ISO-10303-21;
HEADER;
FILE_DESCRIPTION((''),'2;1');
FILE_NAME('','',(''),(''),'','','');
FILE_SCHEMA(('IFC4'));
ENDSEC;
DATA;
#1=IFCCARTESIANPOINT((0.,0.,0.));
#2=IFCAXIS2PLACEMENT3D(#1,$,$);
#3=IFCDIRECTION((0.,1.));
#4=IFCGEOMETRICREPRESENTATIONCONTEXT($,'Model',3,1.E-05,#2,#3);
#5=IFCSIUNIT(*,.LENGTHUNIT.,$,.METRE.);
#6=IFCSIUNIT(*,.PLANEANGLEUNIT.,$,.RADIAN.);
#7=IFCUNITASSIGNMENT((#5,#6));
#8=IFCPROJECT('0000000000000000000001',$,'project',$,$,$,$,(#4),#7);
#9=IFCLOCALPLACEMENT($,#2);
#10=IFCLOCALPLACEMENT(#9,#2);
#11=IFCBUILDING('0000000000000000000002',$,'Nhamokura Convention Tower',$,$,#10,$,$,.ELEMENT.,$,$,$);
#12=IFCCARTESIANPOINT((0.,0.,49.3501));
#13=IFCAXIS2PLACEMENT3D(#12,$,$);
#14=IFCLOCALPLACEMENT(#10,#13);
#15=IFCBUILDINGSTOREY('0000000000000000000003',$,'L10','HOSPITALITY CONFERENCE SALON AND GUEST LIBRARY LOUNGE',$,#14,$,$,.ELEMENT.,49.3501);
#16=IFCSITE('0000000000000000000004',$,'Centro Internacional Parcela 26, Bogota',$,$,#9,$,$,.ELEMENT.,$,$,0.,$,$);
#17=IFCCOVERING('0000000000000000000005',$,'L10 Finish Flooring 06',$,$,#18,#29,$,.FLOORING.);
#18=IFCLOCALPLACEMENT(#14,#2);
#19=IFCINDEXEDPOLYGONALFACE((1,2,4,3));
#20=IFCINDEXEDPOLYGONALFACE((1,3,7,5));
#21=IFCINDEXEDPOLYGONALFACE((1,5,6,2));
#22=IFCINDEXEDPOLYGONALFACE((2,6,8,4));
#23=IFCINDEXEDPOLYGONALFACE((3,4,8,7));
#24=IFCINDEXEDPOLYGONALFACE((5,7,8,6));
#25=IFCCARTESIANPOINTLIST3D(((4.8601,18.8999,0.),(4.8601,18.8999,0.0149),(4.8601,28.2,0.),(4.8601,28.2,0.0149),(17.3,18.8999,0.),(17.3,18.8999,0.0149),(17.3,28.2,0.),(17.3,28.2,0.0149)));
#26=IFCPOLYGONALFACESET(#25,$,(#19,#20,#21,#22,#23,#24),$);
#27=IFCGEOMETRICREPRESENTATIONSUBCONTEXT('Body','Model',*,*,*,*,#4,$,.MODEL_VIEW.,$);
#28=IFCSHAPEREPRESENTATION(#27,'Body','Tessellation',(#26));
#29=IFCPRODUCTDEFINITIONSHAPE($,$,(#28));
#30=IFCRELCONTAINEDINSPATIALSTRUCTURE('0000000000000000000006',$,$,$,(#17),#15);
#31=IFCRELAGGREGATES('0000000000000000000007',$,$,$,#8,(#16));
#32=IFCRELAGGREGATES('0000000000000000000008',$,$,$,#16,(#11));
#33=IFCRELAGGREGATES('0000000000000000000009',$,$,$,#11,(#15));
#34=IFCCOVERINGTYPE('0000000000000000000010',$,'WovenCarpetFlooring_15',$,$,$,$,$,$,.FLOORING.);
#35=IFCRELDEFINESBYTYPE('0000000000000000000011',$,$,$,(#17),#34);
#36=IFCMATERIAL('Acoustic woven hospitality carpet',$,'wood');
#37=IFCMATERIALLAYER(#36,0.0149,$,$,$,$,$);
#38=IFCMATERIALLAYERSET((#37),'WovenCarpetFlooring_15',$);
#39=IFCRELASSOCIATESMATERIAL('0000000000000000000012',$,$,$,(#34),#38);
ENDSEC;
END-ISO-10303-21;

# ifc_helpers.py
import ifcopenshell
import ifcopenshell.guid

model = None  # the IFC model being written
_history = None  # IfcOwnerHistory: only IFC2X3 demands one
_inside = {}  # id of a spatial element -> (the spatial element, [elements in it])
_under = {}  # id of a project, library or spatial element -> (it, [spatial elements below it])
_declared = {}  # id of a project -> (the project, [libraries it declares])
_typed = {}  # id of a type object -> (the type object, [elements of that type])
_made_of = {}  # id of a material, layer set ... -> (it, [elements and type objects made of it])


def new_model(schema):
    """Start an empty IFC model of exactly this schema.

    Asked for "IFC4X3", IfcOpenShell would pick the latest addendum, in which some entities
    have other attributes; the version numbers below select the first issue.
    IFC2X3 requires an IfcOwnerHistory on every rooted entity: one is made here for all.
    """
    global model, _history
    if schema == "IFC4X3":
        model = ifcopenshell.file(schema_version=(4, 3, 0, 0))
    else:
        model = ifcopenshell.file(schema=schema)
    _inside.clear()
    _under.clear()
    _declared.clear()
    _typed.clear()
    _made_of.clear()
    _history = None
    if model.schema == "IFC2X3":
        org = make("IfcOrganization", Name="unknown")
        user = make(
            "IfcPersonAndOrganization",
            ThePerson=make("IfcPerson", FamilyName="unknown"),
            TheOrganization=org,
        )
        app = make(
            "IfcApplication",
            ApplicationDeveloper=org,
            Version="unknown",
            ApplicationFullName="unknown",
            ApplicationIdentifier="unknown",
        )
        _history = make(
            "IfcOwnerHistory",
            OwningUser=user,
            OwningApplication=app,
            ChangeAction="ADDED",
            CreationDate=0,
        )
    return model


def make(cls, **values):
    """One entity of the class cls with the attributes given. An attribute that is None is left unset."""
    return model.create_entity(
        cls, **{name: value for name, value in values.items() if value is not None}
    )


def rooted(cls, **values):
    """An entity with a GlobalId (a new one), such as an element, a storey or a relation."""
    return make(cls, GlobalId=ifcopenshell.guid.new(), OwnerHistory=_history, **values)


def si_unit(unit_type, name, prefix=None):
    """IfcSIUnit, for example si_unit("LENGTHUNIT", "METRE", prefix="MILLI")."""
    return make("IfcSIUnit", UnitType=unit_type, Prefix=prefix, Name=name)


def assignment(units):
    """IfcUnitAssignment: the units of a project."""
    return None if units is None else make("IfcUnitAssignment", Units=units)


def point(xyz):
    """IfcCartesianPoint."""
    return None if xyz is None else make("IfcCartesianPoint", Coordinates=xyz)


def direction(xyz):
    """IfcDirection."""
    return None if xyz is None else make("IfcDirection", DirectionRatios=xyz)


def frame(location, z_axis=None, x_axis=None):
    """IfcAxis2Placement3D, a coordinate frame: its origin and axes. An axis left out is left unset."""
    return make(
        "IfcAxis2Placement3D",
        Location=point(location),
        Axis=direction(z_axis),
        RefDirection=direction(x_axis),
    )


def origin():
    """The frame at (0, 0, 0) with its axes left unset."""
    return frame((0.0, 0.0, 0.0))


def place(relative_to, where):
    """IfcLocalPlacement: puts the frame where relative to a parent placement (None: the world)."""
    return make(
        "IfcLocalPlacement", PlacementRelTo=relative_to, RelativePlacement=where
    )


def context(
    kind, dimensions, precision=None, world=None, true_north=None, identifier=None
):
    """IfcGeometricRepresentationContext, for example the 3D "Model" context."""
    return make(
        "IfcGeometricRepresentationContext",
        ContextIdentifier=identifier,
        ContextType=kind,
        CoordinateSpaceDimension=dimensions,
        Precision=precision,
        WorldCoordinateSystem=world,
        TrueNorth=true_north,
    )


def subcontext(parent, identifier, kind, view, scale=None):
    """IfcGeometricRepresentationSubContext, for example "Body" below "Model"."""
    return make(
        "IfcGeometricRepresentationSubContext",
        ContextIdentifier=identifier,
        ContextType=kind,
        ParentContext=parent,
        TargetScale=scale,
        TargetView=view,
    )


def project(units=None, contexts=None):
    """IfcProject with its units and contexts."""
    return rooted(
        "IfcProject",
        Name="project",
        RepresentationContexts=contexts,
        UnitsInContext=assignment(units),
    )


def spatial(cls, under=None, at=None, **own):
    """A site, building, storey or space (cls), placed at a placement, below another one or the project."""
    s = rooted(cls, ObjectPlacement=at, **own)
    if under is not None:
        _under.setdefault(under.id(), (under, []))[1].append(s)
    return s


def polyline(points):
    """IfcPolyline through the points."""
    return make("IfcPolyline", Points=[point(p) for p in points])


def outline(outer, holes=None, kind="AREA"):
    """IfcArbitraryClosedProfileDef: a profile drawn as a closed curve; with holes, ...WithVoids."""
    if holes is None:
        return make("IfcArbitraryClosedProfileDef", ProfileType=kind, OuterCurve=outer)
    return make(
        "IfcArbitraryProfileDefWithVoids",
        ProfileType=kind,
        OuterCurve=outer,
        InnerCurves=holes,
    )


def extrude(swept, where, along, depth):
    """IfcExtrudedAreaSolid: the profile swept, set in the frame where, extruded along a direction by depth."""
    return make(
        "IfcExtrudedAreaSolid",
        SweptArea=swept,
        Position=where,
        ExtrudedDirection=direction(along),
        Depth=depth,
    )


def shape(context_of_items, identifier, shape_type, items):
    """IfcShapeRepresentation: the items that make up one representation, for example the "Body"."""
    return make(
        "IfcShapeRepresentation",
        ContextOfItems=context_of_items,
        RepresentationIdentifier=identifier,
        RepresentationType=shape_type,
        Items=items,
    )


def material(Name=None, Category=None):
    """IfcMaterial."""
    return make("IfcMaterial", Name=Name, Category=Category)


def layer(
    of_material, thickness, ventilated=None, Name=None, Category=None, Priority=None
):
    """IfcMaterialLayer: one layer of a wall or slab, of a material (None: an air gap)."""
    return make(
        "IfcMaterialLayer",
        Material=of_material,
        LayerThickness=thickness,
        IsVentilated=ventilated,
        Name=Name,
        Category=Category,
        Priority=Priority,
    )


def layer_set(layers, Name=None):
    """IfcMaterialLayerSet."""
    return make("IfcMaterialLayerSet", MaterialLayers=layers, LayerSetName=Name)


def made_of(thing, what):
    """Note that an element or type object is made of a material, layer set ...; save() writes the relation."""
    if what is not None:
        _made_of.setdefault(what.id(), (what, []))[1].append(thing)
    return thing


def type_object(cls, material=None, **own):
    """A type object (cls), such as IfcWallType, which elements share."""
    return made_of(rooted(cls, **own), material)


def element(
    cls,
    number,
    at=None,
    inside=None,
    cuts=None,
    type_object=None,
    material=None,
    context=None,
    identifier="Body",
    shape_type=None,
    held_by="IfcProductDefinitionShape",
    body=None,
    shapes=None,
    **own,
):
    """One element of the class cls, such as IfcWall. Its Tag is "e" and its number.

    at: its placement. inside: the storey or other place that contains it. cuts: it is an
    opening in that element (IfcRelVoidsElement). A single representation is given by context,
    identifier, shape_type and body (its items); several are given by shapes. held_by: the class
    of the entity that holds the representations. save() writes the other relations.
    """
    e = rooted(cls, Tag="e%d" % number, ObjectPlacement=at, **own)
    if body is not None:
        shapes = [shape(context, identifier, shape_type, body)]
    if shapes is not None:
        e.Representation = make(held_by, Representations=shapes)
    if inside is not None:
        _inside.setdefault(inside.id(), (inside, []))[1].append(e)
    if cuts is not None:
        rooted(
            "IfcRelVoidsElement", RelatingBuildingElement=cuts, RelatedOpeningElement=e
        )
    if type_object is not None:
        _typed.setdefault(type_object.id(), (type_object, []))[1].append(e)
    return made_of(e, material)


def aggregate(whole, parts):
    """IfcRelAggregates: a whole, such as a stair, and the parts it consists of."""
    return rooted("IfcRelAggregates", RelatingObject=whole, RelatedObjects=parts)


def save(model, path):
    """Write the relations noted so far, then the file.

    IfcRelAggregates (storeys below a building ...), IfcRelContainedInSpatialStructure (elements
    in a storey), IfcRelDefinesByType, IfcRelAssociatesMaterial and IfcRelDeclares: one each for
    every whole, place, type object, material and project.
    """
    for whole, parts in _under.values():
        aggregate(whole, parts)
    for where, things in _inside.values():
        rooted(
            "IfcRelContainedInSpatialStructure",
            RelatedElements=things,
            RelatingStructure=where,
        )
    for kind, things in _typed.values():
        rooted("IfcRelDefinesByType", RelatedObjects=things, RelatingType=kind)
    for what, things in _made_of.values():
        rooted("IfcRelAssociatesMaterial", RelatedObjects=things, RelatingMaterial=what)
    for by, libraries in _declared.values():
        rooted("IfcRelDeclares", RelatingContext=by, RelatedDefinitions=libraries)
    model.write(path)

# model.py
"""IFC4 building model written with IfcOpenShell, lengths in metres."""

from ifc_helpers import new_model, si_unit, direction, frame, origin, place, context, subcontext, project, spatial, polyline, outline, extrude, material, layer, layer_set, type_object, element, save


model = new_model("IFC4")

# Units and contexts
model_context = context("Model", 3, precision=1e-05, world=origin(), true_north=direction((0.0, 1.0)))
body_context = subcontext(model_context, "Body", "Model", "MODEL_VIEW")
ifc_project = project(units=[si_unit("LENGTHUNIT", "METRE"), si_unit("PLANEANGLEUNIT", "RADIAN")], contexts=[model_context])

# Site, building, storey
site_placement = place(None, origin())
site = spatial("IfcSite", under=ifc_project, at=site_placement, Name="Centro Internacional Parcela 26, Bogota", CompositionType="ELEMENT", RefElevation=0.0)
building_placement = place(site_placement, origin())
building = spatial("IfcBuilding", under=site, at=building_placement, Name="Nhamokura Convention Tower", CompositionType="ELEMENT")
storey_placement = place(building_placement, frame((0.0, 0.0, 49.3501)))
storey = spatial("IfcBuildingStorey", under=building, at=storey_placement, Name="L10", Description="HOSPITALITY CONFERENCE SALON AND GUEST LIBRARY LOUNGE", CompositionType="ELEMENT", Elevation=49.3501)

# Covering
ifc_material_1 = material(Name="Acoustic woven hospitality carpet", Category="wood")
ifc_layer_1 = layer(ifc_material_1, 0.0149)
ifc_layer_set_1 = layer_set([ifc_layer_1], Name="WovenCarpetFlooring_15")
covering_type_1 = type_object("IfcCoveringType", Name="WovenCarpetFlooring_15", PredefinedType="FLOORING", material=ifc_layer_set_1)
covering_1_placement = place(storey_placement, origin())
element("IfcCovering", 1, at=covering_1_placement, inside=storey, type_object=covering_type_1, Name="L10 Finish Flooring 06", PredefinedType="FLOORING", context=body_context, shape_type="SweptSolid", body=[
    extrude(outline(polyline([(4.8601, 18.8999), (17.3, 18.8999), (17.3, 28.2), (4.8601, 28.2), (4.8601, 18.8999)])), origin(), (0.0, 0.0, 1.0), 0.0149),
])

save(model, "model.ifc")
